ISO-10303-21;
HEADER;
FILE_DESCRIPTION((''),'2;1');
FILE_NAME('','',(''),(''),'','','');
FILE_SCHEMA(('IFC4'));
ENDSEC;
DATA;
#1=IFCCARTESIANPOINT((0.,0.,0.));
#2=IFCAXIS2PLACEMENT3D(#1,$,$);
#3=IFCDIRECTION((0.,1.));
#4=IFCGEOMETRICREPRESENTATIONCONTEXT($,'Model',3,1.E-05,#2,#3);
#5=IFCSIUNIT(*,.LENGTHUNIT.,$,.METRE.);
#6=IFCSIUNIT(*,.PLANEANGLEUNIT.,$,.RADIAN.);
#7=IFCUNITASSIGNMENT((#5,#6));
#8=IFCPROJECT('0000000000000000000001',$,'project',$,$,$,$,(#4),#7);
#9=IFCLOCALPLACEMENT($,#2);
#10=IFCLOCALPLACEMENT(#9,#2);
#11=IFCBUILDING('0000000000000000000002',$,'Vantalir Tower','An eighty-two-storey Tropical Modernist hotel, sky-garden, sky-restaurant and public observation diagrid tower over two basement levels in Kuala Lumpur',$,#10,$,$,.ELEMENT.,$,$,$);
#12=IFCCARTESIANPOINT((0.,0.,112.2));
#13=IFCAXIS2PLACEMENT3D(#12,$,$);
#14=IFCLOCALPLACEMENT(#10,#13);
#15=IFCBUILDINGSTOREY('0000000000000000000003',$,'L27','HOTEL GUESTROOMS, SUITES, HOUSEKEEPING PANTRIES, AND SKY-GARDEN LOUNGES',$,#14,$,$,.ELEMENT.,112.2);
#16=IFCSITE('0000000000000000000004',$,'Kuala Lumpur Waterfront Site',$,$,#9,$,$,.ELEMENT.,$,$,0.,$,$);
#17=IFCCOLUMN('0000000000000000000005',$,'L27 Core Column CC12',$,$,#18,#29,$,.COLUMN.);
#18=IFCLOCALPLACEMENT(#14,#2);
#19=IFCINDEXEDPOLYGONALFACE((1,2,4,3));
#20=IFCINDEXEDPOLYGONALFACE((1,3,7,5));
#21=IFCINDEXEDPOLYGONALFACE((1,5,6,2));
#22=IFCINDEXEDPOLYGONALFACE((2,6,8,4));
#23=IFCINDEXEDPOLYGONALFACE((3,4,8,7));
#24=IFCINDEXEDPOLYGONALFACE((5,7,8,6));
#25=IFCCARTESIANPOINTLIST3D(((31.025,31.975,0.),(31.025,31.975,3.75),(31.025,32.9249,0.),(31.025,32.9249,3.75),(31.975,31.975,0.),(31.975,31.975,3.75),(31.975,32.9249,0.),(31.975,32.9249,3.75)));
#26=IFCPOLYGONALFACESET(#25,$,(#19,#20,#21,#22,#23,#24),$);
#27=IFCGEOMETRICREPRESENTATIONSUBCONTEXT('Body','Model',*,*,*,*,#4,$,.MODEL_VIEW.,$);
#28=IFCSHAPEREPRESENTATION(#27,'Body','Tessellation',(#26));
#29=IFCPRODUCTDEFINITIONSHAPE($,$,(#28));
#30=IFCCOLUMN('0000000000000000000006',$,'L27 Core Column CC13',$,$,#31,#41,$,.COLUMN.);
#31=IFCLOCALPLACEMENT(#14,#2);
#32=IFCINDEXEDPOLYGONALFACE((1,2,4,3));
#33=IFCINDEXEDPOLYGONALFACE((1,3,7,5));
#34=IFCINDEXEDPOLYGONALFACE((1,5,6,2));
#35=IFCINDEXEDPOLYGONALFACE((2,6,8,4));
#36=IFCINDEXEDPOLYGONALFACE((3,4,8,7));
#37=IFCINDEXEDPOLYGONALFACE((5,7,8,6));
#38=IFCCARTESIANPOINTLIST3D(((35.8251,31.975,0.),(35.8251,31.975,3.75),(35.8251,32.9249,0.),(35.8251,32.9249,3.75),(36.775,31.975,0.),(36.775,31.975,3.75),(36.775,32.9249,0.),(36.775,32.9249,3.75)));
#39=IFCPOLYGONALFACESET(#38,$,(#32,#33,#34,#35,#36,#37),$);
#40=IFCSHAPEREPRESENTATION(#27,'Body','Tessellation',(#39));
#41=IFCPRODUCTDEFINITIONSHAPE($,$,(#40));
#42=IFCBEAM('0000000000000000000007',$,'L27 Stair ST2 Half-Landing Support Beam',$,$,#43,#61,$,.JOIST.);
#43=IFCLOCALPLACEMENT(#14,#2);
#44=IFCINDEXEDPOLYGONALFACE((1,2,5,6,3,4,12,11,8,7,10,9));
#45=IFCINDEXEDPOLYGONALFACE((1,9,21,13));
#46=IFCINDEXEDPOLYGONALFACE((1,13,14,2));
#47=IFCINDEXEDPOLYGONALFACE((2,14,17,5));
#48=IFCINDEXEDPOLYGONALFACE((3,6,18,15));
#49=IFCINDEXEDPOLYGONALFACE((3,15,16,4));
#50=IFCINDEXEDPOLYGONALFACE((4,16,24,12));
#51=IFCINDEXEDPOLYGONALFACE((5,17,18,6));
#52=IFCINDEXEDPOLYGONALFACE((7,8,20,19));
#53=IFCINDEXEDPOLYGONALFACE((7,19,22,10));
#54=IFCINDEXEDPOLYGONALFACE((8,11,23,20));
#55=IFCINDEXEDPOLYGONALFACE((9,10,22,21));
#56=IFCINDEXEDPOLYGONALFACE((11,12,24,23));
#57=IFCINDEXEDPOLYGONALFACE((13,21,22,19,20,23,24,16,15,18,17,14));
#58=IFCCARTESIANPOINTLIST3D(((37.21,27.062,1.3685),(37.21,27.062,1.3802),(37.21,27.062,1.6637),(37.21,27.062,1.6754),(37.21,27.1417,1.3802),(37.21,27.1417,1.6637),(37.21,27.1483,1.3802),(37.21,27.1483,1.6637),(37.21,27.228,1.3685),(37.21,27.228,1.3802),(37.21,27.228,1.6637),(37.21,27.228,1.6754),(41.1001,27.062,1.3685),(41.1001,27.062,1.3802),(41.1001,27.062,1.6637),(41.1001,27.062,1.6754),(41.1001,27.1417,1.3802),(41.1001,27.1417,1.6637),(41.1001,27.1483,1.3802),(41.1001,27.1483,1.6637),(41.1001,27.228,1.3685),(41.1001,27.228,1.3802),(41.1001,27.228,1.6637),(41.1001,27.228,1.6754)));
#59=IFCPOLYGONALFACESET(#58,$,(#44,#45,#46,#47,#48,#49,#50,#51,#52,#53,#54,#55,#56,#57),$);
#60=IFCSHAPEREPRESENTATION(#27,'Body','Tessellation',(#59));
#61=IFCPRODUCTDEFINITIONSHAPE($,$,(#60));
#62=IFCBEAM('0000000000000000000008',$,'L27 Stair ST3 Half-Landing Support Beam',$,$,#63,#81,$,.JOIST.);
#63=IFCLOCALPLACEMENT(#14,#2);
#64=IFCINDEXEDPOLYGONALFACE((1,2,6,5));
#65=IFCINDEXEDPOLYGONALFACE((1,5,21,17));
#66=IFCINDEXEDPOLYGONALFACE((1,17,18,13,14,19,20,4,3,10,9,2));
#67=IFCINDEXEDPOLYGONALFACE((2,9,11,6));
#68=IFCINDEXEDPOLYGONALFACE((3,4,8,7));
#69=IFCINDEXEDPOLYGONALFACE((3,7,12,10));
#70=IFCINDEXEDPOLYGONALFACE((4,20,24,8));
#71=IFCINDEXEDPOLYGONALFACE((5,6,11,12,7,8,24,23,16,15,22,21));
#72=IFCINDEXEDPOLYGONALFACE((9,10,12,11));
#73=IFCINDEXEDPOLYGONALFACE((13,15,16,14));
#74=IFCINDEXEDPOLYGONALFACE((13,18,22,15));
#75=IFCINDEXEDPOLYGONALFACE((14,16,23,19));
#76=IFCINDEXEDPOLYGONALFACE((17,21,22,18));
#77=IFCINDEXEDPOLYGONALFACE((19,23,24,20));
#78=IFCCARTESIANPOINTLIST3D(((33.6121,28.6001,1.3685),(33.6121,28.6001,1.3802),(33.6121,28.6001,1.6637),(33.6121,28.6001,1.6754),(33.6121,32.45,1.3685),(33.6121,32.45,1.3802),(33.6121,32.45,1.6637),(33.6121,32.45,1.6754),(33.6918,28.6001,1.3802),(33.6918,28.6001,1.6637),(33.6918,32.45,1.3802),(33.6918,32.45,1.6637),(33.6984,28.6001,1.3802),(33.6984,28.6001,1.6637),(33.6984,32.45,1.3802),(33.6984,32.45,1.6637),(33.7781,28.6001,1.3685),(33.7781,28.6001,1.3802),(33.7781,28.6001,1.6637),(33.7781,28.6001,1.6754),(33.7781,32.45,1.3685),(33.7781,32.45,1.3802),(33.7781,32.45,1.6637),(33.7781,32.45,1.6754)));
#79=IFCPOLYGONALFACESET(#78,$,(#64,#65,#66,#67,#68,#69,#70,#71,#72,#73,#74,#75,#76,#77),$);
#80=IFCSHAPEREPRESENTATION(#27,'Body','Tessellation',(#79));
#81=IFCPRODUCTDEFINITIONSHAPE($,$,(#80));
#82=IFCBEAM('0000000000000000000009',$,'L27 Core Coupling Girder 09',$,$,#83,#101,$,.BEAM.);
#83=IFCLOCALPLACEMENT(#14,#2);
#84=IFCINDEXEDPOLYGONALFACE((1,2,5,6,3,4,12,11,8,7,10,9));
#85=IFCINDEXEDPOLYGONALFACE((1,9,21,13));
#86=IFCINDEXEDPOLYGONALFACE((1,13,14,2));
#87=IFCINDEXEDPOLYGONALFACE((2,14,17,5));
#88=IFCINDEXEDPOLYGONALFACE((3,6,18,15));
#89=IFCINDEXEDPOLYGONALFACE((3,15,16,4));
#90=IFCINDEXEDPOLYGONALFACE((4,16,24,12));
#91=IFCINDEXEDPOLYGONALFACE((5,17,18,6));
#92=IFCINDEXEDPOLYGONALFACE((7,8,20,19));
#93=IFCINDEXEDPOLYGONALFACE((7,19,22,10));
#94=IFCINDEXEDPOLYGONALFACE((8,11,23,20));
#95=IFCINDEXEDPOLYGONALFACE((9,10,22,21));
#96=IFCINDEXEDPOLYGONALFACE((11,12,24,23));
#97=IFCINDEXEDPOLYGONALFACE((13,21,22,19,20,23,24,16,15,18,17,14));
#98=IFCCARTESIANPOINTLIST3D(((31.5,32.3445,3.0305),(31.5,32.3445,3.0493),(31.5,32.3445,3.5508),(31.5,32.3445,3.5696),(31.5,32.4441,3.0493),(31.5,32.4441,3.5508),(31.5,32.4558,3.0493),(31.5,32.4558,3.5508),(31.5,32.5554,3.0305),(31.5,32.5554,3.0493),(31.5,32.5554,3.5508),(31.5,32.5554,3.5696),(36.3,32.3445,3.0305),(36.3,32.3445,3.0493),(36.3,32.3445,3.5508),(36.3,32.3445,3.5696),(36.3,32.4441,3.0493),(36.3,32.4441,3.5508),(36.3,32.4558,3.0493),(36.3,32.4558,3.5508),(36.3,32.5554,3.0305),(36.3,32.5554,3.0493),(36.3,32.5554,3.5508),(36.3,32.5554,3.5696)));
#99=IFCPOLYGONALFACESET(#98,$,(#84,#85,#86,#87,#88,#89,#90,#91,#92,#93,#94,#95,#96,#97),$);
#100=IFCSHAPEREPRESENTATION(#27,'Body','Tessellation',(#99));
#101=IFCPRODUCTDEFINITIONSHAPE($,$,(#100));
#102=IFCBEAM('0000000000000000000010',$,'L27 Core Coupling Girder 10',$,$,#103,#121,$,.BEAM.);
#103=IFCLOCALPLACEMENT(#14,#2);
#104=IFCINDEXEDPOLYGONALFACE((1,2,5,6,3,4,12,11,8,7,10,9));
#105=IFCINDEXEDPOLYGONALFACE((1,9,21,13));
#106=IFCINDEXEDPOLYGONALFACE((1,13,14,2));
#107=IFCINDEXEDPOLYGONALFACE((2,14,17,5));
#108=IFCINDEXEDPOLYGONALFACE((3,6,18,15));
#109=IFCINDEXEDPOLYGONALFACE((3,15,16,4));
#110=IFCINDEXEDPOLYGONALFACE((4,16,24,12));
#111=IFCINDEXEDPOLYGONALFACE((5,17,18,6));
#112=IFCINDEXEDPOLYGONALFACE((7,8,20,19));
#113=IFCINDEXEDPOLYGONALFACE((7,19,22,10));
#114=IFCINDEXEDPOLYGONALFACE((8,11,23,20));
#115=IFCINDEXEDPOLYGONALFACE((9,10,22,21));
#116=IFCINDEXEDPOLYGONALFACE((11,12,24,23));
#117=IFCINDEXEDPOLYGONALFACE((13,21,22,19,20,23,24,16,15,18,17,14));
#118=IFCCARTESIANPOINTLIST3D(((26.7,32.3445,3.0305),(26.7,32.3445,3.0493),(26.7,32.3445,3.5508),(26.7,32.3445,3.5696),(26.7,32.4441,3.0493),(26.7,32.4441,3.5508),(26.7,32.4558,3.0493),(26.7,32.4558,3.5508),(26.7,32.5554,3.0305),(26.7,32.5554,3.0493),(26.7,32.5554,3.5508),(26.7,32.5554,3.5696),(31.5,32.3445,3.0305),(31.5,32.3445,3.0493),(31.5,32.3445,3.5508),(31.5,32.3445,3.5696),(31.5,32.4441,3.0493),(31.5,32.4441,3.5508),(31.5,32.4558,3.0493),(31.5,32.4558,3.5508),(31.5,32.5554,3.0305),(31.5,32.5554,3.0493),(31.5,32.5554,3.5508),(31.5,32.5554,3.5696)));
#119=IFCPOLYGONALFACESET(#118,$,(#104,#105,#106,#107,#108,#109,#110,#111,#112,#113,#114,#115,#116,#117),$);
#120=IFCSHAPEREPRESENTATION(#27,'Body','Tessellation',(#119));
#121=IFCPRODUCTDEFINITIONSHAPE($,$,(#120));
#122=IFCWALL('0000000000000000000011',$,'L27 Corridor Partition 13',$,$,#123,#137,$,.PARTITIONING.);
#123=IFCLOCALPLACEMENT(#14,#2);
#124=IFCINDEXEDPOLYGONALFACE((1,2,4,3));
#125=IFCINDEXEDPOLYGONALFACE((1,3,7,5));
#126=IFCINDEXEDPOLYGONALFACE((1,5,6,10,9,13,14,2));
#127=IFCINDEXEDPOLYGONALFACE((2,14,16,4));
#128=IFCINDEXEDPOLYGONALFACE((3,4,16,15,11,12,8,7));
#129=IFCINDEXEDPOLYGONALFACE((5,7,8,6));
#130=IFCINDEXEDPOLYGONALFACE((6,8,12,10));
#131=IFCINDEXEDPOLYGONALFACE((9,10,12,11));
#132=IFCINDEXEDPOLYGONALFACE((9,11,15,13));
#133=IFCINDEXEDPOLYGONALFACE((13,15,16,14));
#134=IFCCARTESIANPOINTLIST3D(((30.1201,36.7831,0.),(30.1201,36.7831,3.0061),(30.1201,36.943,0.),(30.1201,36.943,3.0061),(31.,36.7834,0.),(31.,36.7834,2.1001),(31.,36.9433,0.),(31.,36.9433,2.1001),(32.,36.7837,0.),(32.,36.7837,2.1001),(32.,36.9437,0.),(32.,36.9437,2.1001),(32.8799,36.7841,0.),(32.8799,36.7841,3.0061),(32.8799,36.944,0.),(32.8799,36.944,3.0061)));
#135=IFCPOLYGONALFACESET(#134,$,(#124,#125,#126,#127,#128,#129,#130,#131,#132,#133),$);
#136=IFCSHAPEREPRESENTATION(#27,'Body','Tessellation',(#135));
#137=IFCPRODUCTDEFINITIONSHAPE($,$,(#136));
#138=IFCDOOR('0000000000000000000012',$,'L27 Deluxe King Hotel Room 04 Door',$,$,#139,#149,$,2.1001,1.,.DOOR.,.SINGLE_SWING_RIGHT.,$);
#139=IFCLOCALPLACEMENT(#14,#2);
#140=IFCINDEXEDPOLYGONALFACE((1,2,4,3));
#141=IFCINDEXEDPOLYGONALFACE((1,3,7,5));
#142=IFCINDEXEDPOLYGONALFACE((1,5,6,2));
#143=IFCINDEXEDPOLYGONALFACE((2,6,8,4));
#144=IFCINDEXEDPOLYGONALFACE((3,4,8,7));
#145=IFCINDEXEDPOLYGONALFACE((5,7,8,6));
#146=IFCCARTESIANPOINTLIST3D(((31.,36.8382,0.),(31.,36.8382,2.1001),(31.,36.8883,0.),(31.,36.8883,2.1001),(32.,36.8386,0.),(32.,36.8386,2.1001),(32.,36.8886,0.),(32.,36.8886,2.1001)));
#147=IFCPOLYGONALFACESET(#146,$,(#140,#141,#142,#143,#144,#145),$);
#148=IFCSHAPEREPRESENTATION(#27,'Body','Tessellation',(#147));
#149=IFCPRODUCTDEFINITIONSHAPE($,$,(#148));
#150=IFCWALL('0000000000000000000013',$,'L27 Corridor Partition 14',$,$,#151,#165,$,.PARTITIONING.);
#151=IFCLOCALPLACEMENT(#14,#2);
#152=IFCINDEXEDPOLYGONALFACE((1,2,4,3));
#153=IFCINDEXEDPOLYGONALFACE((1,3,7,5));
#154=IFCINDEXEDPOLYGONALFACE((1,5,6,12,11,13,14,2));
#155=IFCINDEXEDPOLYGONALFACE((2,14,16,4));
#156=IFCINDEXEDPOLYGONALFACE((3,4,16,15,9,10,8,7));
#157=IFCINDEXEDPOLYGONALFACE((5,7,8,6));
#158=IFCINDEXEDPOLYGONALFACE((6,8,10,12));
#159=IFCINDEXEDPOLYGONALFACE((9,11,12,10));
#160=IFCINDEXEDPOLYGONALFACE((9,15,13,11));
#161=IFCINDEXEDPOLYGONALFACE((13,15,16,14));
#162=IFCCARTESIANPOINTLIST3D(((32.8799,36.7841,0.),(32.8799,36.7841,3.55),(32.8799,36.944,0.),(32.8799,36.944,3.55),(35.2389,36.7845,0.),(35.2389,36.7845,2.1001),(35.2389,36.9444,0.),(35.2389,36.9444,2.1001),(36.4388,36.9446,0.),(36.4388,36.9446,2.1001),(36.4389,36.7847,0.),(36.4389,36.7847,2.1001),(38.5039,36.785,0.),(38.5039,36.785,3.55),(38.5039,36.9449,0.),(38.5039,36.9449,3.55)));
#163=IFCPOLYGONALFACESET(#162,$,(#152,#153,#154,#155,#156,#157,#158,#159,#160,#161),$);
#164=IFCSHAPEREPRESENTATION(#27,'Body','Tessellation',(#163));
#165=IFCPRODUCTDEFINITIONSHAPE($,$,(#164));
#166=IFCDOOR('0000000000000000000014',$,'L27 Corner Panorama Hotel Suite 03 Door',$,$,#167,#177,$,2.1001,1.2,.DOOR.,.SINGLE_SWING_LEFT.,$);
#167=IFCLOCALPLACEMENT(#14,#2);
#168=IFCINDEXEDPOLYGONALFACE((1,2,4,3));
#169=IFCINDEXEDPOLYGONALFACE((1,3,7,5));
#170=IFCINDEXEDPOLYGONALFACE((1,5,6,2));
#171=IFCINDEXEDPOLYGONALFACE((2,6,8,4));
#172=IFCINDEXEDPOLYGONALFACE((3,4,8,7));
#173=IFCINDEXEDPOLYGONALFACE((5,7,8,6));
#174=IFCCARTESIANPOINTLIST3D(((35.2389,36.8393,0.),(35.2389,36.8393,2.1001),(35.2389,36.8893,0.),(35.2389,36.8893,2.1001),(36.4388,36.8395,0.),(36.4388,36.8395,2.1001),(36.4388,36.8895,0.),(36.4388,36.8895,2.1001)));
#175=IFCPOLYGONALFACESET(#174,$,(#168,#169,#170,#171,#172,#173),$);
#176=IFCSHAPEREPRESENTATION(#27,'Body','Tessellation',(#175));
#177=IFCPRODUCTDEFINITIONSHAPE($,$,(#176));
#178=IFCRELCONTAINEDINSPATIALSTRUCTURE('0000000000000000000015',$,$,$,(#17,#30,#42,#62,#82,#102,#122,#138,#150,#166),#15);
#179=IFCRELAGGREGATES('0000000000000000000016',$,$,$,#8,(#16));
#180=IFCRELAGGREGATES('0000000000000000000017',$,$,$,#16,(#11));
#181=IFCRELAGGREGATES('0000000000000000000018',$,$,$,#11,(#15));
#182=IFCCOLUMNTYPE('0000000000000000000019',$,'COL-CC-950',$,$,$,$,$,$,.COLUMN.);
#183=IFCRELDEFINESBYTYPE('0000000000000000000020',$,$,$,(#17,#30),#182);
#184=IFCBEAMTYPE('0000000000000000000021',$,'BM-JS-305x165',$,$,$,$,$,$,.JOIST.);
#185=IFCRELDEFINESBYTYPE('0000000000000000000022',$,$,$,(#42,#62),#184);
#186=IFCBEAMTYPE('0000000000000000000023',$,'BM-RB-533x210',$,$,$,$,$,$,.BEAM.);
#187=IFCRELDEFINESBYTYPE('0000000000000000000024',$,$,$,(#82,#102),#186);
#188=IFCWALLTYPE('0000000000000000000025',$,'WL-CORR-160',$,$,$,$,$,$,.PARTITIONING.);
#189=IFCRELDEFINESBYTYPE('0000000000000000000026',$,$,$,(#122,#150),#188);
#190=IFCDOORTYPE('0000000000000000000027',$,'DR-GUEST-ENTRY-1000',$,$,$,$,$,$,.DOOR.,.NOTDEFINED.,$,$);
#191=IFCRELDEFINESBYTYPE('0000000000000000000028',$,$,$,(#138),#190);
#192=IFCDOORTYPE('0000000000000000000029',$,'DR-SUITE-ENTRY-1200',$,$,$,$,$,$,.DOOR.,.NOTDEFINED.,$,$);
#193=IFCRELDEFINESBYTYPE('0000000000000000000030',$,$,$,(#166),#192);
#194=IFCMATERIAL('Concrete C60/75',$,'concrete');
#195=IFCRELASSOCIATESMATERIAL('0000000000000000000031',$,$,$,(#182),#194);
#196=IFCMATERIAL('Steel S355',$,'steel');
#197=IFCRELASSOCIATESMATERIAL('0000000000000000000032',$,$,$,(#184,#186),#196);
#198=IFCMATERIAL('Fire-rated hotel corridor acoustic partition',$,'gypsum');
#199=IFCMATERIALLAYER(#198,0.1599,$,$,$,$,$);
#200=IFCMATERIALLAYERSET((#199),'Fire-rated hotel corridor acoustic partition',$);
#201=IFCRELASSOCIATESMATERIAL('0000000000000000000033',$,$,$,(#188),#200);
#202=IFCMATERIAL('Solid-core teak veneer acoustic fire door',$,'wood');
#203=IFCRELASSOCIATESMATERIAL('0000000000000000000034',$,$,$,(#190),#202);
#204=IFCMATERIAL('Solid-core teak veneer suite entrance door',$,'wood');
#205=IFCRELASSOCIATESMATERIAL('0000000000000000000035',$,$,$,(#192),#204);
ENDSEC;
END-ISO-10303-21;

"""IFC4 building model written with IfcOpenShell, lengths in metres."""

from ifc_helpers import new_model, si_unit, direction, frame, frame_2d, origin, origin_2d, place, context, subcontext, project, spatial, rectangle, i_section, extrude, material, layer, layer_set, material_profile, profile_set, type_object, element, fill, save


model = new_model("IFC4")

# Units and contexts
model_context = context("Model", 3, precision=1e-05, world=origin(), true_north=direction((0.0, 1.0)))
body_context = subcontext(model_context, "Body", "Model", "MODEL_VIEW")
ifc_project = project(units=[si_unit("LENGTHUNIT", "METRE"), si_unit("PLANEANGLEUNIT", "RADIAN")], contexts=[model_context])

# Site, building, storey
site_placement = place(None, origin())
site = spatial("IfcSite", under=ifc_project, at=site_placement, Name="Kuala Lumpur Waterfront Site", CompositionType="ELEMENT", RefElevation=0.0)
building_placement = place(site_placement, origin())
building = spatial("IfcBuilding", under=site, at=building_placement, Name="Vantalir Tower", Description="An eighty-two-storey Tropical Modernist hotel, sky-garden, sky-restaurant and public observation diagrid tower over two basement levels in Kuala Lumpur", CompositionType="ELEMENT")
storey_placement = place(building_placement, frame((0.0, 0.0, 112.2)))
storey = spatial("IfcBuildingStorey", under=building, at=storey_placement, Name="L27", Description="HOTEL GUESTROOMS, SUITES, HOUSEKEEPING PANTRIES, AND SKY-GARDEN LOUNGES", CompositionType="ELEMENT", Elevation=112.2)

# Columns
ifc_material_1 = material(Name="Concrete C60/75", Category="concrete")
ifc_material_profile_1 = material_profile(ifc_material_1, rectangle(XDim=0.95, YDim=0.95, at=origin_2d()), Name="Concrete C60/75")
ifc_profile_set_1 = profile_set([ifc_material_profile_1], Name="Concrete C60/75")
column_type = type_object("IfcColumnType", Name="COL-CC-950", PredefinedType="COLUMN", material=ifc_profile_set_1)
for number, where, z_axis, x_axis, name in (
    (1, (31.5, 32.45, 0.0), (0.0, 0.0, 1.0), (1.0, 0.0, 0.0), "L27 Core Column CC12"),
    (2, (36.3, 32.45, 0.0), (0.0, 0.0, 1.0), (1.0, 0.0, 0.0), "L27 Core Column CC13"),
):
    element("IfcColumn", number, at=place(storey_placement, frame(where, z_axis=z_axis, x_axis=x_axis)), inside=storey, type_object=column_type, Name=name, PredefinedType="COLUMN", context=body_context, shape_type="SweptSolid", body=[
        extrude(rectangle(XDim=0.95, YDim=0.95, at=origin_2d()), origin(), (0.0, 0.0, 1.0), 3.75),
    ])

# Beams
ifc_material_2 = material(Name="Steel S355", Category="steel")
ifc_material_profile_2 = material_profile(ifc_material_2, i_section(OverallWidth=0.166, OverallDepth=0.3069, WebThickness=0.0066, FlangeThickness=0.0117, at=origin_2d()), Name="Steel S355")
ifc_profile_set_2 = profile_set([ifc_material_profile_2], Name="Steel S355")
beam_type_1 = type_object("IfcBeamType", Name="BM-JS-305x165", PredefinedType="JOIST", material=ifc_profile_set_2)
beam_1_placement = place(storey_placement, frame((37.21, 27.145, 1.522), z_axis=(1.0, 0.0, 0.0), x_axis=(0.0, 1.0, 0.0)))
element("IfcBeam", 3, at=beam_1_placement, inside=storey, type_object=beam_type_1, Name="L27 Stair ST2 Half-Landing Support Beam", PredefinedType="JOIST", context=body_context, shape_type="SweptSolid", body=[
    extrude(i_section(OverallWidth=0.166, OverallDepth=0.3069, WebThickness=0.0066, FlangeThickness=0.0117, at=origin_2d()), origin(), (0.0, 0.0, 1.0), 3.8901),
])
beam_2_placement = place(storey_placement, frame((33.6951, 28.6001, 1.522), z_axis=(0.0, 1.0, 0.0), x_axis=(-1.0, 0.0, 0.0)))
element("IfcBeam", 4, at=beam_2_placement, inside=storey, type_object=beam_type_1, Name="L27 Stair ST3 Half-Landing Support Beam", PredefinedType="JOIST", context=body_context, shape_type="SweptSolid", body=[
    extrude(i_section(OverallWidth=0.166, OverallDepth=0.3069, WebThickness=0.0066, FlangeThickness=0.0117, at=origin_2d()), origin(), (0.0, 0.0, 1.0), 3.8499),
])
ifc_material_profile_3 = material_profile(ifc_material_2, i_section(OverallWidth=0.2109, OverallDepth=0.5391, WebThickness=0.0117, FlangeThickness=0.0188, at=origin_2d()), Name="Steel S355")
ifc_profile_set_3 = profile_set([ifc_material_profile_3], Name="Steel S355")
beam_type_2 = type_object("IfcBeamType", Name="BM-RB-533x210", PredefinedType="BEAM", material=ifc_profile_set_3)
for number, where, z_axis, x_axis, name in (
    (5, (36.3, 32.45, 3.3), (-1.0, 0.0, 0.0), (0.0, -1.0, 0.0), "L27 Core Coupling Girder 09"),
    (6, (31.5, 32.45, 3.3), (-1.0, 0.0, 0.0), (0.0, -1.0, 0.0), "L27 Core Coupling Girder 10"),
):
    element("IfcBeam", number, at=place(storey_placement, frame(where, z_axis=z_axis, x_axis=x_axis)), inside=storey, type_object=beam_type_2, Name=name, PredefinedType="BEAM", context=body_context, shape_type="SweptSolid", body=[
        extrude(i_section(OverallWidth=0.2109, OverallDepth=0.5391, WebThickness=0.0117, FlangeThickness=0.0188, at=origin_2d()), origin(), (0.0, 0.0, 1.0), 4.8),
    ])

# Walls, openings, doors
ifc_material_3 = material(Name="Fire-rated hotel corridor acoustic partition", Category="gypsum")
ifc_layer_1 = layer(ifc_material_3, 0.1599)
ifc_layer_set_1 = layer_set([ifc_layer_1], Name="Fire-rated hotel corridor acoustic partition")
wall_type_1 = type_object("IfcWallType", Name="WL-CORR-160", PredefinedType="PARTITIONING", material=ifc_layer_set_1)
wall_1_placement = place(storey_placement, frame((30.1201, 36.863, 0.0), z_axis=(0.0, 0.0, 1.0), x_axis=(1.0, 0.000354, 0.0)))
wall_1 = element("IfcWall", 7, at=wall_1_placement, inside=storey, type_object=wall_type_1, Name="L27 Corridor Partition 13", PredefinedType="PARTITIONING", context=body_context, shape_type="SweptSolid", body=[
    extrude(rectangle(XDim=2.7598, YDim=0.1599, at=frame_2d((1.3799, 0.0))), origin(), (0.0, 0.0, 1.0), 3.0061),
])
opening_1_placement = place(wall_1_placement, frame((0.8799, 0.0, 0.0)))
opening_1 = element("IfcOpeningElement", 8, at=opening_1_placement, cuts=wall_1, PredefinedType="OPENING", context=body_context, shape_type="SweptSolid", body=[
    extrude(rectangle(XDim=1.0, YDim=2.1001, at=frame_2d((0.5, 1.05))), frame((0.0, 0.0898, 0.0), z_axis=(0.0, -1.0, 0.0), x_axis=(1.0, 0.0, 0.0)), (0.0, 0.0, 1.0), 0.1799),
])
ifc_material_4 = material(Name="Solid-core teak veneer acoustic fire door", Category="wood")
door_type_1 = type_object("IfcDoorType", Name="DR-GUEST-ENTRY-1000", OperationType="NOTDEFINED", PredefinedType="DOOR", material=ifc_material_4)
door_1_placement = place(opening_1_placement, origin())
door_1 = element("IfcDoor", 9, at=door_1_placement, inside=storey, type_object=door_type_1, Name="L27 Deluxe King Hotel Room 04 Door", OperationType="SINGLE_SWING_RIGHT", OverallHeight=2.1001, OverallWidth=1.0, PredefinedType="DOOR", context=body_context, shape_type="SweptSolid", body=[
    extrude(rectangle(XDim=1.0, YDim=2.1001, at=frame_2d((0.5, 1.05))), frame((0.0, 0.0249, 0.0), z_axis=(0.0, -1.0, 0.0), x_axis=(1.0, 0.0, 0.0)), (0.0, 0.0, 1.0), 0.05),
])
fill(opening_1, door_1)
wall_2_placement = place(storey_placement, frame((32.8799, 36.864, 0.0), z_axis=(0.0, 0.0, 1.0), x_axis=(1.0, 0.000174, 0.0)))
wall_2 = element("IfcWall", 10, at=wall_2_placement, inside=storey, type_object=wall_type_1, Name="L27 Corridor Partition 14", PredefinedType="PARTITIONING", context=body_context, shape_type="SweptSolid", body=[
    extrude(rectangle(XDim=5.624, YDim=0.1599, at=frame_2d((2.812, 0.0))), origin(), (0.0, 0.0, 1.0), 3.55),
])
opening_2_placement = place(wall_2_placement, frame((2.3589, 0.0, 0.0)))
opening_2 = element("IfcOpeningElement", 11, at=opening_2_placement, cuts=wall_2, PredefinedType="OPENING", context=body_context, shape_type="SweptSolid", body=[
    extrude(rectangle(XDim=1.2, YDim=2.1001, at=frame_2d((0.6001, 1.05))), frame((0.0, 0.0898, 0.0), z_axis=(0.0, -1.0, 0.0), x_axis=(1.0, 0.0, 0.0)), (0.0, 0.0, 1.0), 0.1799),
])
ifc_material_5 = material(Name="Solid-core teak veneer suite entrance door", Category="wood")
door_type_2 = type_object("IfcDoorType", Name="DR-SUITE-ENTRY-1200", OperationType="NOTDEFINED", PredefinedType="DOOR", material=ifc_material_5)
door_2_placement = place(opening_2_placement, origin())
door_2 = element("IfcDoor", 12, at=door_2_placement, inside=storey, type_object=door_type_2, Name="L27 Corner Panorama Hotel Suite 03 Door", OperationType="SINGLE_SWING_LEFT", OverallHeight=2.1001, OverallWidth=1.2, PredefinedType="DOOR", context=body_context, shape_type="SweptSolid", body=[
    extrude(rectangle(XDim=1.2, YDim=2.1001, at=frame_2d((0.6001, 1.05))), frame((0.0, 0.0249, 0.0), z_axis=(0.0, -1.0, 0.0), x_axis=(1.0, 0.0, 0.0)), (0.0, 0.0, 1.0), 0.05),
])
fill(opening_2, door_2)

save(model, "model.ifc")
